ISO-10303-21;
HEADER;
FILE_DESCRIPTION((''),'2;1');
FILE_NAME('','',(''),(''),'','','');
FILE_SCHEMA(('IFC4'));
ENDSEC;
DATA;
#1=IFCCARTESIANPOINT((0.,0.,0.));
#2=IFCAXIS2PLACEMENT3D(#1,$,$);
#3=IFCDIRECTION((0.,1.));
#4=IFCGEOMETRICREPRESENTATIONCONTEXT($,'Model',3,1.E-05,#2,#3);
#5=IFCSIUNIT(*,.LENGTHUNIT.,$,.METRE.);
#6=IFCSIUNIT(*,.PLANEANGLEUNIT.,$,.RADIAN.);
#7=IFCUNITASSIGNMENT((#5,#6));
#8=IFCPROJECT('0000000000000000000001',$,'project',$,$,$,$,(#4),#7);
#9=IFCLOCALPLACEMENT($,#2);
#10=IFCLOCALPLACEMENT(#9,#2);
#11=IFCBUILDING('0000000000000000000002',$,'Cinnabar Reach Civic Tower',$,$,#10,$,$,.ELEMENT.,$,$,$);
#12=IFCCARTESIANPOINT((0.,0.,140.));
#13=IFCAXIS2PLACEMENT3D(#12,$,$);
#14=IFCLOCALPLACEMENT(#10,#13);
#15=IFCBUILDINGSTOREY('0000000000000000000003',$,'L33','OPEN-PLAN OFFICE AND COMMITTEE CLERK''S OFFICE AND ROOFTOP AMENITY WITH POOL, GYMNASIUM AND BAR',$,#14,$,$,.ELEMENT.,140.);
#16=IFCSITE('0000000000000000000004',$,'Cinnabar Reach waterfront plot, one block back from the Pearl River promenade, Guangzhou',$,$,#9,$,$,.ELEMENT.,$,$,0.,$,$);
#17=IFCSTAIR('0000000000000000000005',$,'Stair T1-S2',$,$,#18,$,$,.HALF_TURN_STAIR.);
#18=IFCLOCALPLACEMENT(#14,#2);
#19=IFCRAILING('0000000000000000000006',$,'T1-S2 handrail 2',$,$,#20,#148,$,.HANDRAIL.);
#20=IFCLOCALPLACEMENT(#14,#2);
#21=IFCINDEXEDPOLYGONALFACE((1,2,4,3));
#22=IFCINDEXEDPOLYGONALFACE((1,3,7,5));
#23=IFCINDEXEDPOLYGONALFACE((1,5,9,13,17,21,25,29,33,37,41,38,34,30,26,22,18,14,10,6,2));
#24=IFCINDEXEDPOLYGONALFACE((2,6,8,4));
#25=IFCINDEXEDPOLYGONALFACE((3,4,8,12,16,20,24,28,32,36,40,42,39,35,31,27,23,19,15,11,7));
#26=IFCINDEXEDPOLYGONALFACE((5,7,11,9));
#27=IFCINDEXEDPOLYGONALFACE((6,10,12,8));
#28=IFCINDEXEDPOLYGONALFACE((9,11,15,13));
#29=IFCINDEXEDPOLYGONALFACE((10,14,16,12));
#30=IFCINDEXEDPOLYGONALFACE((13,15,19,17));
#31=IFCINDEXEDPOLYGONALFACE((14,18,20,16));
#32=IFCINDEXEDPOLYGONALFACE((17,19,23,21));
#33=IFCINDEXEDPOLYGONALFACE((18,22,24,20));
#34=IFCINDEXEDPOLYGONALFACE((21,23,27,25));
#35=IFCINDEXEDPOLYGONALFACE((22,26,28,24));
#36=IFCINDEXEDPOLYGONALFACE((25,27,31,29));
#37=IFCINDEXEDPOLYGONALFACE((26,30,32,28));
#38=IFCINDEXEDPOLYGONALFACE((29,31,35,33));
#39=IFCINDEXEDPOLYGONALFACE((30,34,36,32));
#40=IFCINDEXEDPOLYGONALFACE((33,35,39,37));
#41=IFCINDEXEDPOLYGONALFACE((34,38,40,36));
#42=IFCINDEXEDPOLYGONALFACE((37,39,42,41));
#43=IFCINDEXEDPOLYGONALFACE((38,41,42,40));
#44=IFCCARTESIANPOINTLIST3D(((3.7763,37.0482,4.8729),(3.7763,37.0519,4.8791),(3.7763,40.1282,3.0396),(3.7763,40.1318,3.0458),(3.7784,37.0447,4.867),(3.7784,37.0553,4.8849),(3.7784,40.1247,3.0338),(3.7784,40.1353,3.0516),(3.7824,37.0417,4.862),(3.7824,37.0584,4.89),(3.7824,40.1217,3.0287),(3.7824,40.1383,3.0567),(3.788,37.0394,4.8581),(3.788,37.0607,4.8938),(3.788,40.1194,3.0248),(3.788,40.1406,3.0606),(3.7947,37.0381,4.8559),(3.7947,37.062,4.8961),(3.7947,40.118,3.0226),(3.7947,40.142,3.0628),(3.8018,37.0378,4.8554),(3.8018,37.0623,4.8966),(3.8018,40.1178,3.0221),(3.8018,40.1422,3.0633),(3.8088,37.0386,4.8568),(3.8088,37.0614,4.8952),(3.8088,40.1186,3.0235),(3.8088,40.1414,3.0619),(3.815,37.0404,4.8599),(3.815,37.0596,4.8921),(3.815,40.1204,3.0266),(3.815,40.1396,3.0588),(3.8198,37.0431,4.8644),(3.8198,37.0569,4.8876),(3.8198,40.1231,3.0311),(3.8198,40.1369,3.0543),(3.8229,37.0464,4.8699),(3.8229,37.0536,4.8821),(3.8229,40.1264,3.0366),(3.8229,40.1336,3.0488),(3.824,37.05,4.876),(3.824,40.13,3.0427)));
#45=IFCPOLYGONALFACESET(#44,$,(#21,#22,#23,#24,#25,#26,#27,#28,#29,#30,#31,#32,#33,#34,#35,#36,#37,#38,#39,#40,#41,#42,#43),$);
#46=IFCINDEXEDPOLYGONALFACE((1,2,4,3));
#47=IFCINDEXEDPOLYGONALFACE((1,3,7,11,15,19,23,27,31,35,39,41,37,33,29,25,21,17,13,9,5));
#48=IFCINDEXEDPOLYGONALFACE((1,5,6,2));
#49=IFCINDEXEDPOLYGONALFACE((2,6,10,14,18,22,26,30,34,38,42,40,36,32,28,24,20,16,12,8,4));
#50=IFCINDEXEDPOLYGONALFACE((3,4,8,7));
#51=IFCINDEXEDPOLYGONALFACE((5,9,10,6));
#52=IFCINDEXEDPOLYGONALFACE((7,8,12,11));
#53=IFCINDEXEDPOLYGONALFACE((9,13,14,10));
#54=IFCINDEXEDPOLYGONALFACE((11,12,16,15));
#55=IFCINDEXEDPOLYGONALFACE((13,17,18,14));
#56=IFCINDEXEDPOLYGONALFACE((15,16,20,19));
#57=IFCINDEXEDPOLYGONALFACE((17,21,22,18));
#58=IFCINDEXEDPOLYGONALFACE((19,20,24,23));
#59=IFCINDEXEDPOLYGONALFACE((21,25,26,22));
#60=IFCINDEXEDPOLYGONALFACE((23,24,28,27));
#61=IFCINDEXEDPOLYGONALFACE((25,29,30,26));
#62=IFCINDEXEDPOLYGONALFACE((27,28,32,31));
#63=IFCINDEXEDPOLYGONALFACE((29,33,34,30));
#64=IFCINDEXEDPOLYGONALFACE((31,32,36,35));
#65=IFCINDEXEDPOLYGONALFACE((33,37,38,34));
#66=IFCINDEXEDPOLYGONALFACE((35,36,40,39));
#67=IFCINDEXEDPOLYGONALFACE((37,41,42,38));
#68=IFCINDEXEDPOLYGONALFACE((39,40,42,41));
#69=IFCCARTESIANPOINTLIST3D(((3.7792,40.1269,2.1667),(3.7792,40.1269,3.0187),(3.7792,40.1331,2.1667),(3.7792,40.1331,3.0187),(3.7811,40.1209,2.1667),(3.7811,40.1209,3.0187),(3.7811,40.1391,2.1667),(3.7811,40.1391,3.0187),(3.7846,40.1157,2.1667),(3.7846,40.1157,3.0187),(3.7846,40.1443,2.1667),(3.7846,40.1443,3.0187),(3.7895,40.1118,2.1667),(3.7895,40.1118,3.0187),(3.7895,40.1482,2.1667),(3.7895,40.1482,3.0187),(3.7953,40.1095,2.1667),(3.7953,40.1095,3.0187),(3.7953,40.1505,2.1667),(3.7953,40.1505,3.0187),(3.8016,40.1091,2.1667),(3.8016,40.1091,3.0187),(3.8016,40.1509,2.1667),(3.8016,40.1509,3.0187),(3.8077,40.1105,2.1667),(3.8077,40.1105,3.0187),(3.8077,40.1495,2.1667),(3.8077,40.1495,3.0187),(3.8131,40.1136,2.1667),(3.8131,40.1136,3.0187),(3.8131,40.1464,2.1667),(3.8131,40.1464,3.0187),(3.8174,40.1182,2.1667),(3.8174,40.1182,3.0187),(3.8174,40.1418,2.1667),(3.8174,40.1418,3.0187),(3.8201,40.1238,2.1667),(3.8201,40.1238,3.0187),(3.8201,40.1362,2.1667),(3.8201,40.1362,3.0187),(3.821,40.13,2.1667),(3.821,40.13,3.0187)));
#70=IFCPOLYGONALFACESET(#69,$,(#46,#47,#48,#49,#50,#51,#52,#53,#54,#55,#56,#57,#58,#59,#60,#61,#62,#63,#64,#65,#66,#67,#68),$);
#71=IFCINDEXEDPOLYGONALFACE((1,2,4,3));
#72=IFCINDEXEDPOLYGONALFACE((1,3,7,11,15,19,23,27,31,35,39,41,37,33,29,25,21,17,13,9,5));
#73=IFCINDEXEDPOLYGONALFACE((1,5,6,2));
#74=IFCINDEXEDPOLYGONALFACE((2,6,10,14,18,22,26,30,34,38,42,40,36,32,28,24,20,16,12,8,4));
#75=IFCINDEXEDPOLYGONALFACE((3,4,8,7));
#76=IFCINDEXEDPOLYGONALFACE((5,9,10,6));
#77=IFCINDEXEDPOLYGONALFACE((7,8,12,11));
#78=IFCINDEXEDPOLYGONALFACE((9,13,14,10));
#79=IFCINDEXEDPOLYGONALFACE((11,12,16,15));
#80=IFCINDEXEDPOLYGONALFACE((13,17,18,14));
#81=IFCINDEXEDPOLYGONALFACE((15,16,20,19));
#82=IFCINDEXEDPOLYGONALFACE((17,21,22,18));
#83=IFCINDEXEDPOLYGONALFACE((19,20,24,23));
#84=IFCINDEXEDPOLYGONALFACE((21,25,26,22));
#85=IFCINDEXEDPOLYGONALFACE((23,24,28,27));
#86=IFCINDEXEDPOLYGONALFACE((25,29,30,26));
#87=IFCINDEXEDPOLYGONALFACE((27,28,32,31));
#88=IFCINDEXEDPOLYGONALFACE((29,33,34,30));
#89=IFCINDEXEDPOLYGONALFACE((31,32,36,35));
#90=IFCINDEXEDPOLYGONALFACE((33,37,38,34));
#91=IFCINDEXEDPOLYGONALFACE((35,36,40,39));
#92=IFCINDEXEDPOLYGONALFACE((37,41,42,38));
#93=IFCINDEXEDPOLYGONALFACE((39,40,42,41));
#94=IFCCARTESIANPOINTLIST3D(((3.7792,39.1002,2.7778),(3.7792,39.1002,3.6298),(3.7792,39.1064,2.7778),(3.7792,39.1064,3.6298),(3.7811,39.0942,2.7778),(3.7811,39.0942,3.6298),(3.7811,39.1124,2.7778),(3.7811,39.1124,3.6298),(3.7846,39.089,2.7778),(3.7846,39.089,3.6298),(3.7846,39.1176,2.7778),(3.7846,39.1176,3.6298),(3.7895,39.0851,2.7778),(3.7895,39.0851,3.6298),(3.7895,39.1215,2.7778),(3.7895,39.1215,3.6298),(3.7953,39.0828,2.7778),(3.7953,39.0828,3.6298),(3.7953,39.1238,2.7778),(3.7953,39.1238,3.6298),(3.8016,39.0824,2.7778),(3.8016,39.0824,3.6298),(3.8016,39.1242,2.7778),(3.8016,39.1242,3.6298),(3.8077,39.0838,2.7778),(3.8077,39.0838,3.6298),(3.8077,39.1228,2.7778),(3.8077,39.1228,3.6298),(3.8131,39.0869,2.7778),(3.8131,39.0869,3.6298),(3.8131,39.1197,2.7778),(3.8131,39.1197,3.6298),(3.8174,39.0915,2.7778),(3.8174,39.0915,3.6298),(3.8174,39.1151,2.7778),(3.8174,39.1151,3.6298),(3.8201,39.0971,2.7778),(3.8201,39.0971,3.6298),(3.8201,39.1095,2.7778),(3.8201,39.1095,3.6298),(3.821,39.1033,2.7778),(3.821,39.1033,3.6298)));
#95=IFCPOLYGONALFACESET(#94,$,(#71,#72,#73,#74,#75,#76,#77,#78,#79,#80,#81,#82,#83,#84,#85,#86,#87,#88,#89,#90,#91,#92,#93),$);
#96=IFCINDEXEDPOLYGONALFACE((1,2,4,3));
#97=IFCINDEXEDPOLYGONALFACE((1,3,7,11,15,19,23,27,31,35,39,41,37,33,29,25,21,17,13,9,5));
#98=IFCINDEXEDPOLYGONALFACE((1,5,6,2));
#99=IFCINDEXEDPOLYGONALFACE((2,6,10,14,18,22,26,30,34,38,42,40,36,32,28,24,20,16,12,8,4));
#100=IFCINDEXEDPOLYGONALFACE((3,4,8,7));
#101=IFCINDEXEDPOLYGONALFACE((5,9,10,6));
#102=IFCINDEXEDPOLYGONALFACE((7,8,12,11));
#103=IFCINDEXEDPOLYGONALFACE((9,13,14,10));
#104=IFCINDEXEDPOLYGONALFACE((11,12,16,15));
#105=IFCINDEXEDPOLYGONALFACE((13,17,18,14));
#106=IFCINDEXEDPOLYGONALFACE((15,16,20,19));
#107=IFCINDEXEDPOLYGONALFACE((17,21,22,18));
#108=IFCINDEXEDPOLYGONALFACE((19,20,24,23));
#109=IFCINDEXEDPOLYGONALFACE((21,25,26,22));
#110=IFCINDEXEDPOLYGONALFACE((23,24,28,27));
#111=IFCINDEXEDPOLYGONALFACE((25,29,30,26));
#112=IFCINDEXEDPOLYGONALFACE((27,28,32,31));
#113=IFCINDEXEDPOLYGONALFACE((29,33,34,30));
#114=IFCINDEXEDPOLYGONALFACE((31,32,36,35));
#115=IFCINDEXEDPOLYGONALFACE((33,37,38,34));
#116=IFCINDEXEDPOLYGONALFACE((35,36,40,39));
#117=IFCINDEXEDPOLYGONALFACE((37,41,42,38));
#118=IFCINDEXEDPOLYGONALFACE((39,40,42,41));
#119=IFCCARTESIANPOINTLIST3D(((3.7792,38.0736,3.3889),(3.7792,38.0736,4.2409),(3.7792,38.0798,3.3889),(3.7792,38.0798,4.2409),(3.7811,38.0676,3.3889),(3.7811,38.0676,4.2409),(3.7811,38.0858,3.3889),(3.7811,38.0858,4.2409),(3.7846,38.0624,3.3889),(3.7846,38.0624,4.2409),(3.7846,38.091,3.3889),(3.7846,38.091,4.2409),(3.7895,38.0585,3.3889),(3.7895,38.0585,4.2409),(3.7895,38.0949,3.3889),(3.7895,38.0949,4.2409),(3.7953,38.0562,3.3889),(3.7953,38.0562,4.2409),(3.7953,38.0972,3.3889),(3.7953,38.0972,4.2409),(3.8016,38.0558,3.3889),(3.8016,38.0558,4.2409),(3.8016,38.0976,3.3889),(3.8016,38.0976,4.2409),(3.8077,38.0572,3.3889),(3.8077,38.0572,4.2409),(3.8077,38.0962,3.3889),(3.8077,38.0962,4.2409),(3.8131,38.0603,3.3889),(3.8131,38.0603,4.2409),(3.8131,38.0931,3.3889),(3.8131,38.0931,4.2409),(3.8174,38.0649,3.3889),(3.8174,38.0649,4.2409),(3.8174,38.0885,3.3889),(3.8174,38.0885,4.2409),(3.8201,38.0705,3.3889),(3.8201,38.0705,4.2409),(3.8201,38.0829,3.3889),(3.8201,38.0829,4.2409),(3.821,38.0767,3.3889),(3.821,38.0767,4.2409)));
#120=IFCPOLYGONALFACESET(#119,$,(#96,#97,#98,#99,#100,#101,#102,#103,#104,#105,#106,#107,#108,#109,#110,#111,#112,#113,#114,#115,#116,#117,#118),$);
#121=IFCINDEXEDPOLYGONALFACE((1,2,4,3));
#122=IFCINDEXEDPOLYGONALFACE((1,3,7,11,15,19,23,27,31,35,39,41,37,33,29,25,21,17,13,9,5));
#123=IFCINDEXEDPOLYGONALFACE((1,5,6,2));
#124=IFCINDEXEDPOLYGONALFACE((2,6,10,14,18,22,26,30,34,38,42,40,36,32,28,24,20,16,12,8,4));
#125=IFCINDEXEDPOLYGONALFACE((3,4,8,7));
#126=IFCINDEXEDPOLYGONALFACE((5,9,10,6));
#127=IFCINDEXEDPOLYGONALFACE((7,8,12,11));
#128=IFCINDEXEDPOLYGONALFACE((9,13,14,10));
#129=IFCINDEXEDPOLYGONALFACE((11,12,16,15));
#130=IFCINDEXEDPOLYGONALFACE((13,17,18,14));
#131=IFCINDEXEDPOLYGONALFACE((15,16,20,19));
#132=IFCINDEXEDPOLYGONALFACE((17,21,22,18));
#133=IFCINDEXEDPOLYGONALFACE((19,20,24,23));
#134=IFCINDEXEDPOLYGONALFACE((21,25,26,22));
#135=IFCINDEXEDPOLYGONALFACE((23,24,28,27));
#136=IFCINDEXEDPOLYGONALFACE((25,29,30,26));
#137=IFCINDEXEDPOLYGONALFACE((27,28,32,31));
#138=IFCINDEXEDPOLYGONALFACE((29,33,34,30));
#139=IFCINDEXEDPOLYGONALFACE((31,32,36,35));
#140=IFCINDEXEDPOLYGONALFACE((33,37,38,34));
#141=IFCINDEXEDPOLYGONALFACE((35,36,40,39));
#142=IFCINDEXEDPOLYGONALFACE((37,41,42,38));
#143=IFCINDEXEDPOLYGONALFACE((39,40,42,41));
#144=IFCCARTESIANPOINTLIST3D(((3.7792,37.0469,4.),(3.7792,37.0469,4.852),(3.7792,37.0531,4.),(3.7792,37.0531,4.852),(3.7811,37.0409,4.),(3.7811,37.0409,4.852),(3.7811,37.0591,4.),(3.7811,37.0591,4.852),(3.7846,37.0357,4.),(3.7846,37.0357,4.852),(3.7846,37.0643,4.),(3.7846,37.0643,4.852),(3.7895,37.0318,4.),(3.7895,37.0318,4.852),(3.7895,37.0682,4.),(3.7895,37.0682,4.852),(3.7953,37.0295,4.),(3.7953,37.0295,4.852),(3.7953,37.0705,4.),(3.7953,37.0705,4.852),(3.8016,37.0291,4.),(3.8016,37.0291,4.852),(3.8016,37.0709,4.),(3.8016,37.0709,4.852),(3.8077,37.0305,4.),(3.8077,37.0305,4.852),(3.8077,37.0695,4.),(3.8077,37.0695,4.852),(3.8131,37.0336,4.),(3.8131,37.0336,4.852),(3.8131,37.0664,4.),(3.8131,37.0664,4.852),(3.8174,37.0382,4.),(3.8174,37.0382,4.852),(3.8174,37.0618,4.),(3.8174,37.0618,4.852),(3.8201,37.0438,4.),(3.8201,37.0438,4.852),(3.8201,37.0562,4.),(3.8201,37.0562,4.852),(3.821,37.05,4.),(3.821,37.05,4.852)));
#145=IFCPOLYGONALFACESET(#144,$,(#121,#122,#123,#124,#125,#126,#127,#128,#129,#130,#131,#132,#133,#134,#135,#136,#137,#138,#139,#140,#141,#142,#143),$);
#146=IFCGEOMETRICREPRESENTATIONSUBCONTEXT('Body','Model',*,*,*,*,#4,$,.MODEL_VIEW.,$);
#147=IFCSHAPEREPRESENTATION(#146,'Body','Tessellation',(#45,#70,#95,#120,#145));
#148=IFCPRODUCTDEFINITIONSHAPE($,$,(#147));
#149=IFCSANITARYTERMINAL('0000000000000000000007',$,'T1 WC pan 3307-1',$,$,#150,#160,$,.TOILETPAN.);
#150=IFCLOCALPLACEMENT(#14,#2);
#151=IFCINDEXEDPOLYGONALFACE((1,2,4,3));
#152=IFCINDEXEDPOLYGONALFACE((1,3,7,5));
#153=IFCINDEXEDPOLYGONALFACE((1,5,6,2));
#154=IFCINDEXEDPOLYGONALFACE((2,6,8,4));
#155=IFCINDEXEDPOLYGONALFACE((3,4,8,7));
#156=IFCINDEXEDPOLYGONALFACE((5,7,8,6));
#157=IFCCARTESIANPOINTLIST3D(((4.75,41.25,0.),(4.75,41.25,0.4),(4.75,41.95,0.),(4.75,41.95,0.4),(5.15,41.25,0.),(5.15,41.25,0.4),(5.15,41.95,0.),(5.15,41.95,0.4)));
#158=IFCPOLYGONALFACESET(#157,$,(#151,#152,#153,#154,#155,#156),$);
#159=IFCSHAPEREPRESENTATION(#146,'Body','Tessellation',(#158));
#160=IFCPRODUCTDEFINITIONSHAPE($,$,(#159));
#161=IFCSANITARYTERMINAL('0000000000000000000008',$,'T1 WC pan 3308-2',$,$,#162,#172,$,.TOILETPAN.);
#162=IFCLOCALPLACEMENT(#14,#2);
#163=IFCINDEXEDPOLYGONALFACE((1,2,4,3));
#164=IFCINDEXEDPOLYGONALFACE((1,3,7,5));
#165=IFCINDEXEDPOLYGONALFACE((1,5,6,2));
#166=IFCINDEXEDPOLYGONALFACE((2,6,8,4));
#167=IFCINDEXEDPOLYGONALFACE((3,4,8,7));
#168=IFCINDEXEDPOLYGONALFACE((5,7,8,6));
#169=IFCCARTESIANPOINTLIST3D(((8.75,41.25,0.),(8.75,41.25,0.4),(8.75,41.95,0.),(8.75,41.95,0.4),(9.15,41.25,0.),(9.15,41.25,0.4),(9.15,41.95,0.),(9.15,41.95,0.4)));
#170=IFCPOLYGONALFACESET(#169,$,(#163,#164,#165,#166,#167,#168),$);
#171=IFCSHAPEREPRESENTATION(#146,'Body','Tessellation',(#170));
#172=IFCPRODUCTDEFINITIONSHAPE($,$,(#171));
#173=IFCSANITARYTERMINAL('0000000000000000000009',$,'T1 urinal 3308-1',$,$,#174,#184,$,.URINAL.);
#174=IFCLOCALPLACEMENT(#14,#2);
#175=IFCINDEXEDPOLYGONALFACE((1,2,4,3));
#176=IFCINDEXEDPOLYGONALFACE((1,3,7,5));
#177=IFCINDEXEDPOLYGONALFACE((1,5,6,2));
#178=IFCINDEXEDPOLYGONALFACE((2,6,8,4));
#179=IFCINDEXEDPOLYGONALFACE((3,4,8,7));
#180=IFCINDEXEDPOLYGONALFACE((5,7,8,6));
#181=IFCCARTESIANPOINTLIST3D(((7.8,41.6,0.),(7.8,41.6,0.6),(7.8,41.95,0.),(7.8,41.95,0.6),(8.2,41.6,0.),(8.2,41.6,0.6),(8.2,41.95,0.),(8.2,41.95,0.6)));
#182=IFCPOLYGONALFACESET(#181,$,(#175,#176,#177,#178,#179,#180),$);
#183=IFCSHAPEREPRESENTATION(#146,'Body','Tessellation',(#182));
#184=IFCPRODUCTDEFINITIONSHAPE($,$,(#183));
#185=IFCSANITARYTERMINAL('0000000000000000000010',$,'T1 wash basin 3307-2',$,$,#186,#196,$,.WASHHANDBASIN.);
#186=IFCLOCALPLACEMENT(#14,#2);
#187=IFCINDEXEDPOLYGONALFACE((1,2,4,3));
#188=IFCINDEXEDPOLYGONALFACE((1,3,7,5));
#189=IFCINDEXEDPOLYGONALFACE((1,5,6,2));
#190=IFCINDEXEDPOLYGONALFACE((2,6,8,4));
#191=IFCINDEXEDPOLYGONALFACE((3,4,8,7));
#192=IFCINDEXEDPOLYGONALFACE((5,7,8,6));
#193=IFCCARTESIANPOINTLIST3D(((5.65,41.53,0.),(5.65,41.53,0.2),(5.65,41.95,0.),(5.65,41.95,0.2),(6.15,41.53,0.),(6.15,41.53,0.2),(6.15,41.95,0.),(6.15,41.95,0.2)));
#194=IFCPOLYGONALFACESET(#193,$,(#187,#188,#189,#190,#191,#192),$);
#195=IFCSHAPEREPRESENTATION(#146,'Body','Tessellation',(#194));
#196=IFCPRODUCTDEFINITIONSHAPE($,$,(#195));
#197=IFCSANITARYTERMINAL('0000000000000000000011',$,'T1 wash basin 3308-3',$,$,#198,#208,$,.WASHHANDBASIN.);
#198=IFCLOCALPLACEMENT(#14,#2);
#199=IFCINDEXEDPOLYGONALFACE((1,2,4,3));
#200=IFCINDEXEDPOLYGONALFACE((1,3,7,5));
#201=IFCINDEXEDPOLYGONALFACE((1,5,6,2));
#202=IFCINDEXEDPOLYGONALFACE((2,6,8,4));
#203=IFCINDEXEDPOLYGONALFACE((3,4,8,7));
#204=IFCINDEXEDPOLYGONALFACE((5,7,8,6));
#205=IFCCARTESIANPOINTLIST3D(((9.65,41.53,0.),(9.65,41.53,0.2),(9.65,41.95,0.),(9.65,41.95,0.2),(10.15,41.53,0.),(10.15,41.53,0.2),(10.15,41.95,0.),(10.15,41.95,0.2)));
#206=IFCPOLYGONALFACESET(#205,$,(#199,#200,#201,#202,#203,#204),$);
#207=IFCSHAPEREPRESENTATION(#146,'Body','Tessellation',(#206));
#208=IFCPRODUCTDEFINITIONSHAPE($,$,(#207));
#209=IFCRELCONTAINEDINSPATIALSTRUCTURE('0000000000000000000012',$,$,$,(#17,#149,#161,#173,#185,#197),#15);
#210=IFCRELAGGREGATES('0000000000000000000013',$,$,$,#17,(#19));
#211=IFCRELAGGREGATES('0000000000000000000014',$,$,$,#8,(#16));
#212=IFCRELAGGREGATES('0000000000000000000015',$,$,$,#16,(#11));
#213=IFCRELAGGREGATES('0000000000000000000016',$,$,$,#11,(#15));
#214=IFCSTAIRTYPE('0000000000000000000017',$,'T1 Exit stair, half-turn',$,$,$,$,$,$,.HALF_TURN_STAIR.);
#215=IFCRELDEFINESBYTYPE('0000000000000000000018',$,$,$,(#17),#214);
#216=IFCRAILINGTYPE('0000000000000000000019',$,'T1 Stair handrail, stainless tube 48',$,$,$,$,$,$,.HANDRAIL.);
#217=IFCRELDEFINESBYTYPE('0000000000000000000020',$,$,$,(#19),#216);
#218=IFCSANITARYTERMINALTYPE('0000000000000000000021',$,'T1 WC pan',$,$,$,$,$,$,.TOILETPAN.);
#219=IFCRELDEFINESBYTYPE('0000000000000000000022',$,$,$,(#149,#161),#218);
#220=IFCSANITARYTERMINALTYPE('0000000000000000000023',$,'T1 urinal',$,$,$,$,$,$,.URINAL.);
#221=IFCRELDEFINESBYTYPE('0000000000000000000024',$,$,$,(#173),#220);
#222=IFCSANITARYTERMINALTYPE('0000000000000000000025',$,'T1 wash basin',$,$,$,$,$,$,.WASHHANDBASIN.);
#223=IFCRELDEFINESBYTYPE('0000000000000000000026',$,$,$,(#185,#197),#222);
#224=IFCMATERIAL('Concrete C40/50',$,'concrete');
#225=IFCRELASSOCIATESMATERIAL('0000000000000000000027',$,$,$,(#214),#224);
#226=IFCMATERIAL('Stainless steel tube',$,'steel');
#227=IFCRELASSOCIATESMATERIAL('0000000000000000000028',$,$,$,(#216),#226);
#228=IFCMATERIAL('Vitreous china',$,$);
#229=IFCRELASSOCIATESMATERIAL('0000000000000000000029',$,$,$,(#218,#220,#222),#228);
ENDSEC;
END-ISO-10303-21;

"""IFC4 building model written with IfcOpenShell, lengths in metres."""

from ifc_helpers import new_model, si_unit, direction, frame, origin, origin_2d, place, context, subcontext, project, spatial, rectangle, circle, extrude, material, type_object, element, aggregate, save


model = new_model("IFC4")

# Units and contexts
model_context = context("Model", 3, precision=1e-05, world=origin(), true_north=direction((0.0, 1.0)))
body_context = subcontext(model_context, "Body", "Model", "MODEL_VIEW")
ifc_project = project(units=[si_unit("LENGTHUNIT", "METRE"), si_unit("PLANEANGLEUNIT", "RADIAN")], contexts=[model_context])

# Site, building, storey
site_placement = place(None, origin())
site = spatial("IfcSite", under=ifc_project, at=site_placement, Name="Cinnabar Reach waterfront plot, one block back from the Pearl River promenade, Guangzhou", CompositionType="ELEMENT", RefElevation=0.0)
building_placement = place(site_placement, origin())
building = spatial("IfcBuilding", under=site, at=building_placement, Name="Cinnabar Reach Civic Tower", CompositionType="ELEMENT")
storey_placement = place(building_placement, frame((0.0, 0.0, 140.0)))
storey = spatial("IfcBuildingStorey", under=building, at=storey_placement, Name="L33", Description="OPEN-PLAN OFFICE AND COMMITTEE CLERK'S OFFICE AND ROOFTOP AMENITY WITH POOL, GYMNASIUM AND BAR", CompositionType="ELEMENT", Elevation=140.0)

# Shared definitions
ifc_material_1 = material(Name="Concrete C40/50", Category="concrete")

# Stair, railing
stair_type = type_object("IfcStairType", Name="T1 Exit stair, half-turn", PredefinedType="HALF_TURN_STAIR", material=ifc_material_1)
stair_placement = place(storey_placement, origin())
stair = element("IfcStair", 1, at=stair_placement, inside=storey, type_object=stair_type, Name="Stair T1-S2", PredefinedType="HALF_TURN_STAIR")
ifc_material_2 = material(Name="Stainless steel tube", Category="steel")
railing_type = type_object("IfcRailingType", Name="T1 Stair handrail, stainless tube 48", PredefinedType="HANDRAIL", material=ifc_material_2)
railing_1_placement = place(storey_placement, frame((3.8, 40.13, 2.1667)))
railing_1 = element("IfcRailing", 2, at=railing_1_placement, type_object=railing_type, Name="T1-S2 handrail 2", PredefinedType="HANDRAIL", context=body_context, shape_type="SweptSolid", body=[
    extrude(circle(Radius=0.024, at=origin_2d()), frame((0.0, 0.0, 0.876), z_axis=(0.0, -0.859297, 0.511477), x_axis=(1.0, 0.0, 0.0)), (0.0, 0.0, 1.0), 3.5843),
    extrude(circle(Radius=0.021, at=origin_2d()), origin(), (0.0, 0.0, 1.0), 0.852),
    extrude(circle(Radius=0.021, at=origin_2d()), frame((0.0, -1.0267, 0.6111)), (0.0, 0.0, 1.0), 0.852),
    extrude(circle(Radius=0.021, at=origin_2d()), frame((0.0, -2.0533, 1.2222)), (0.0, 0.0, 1.0), 0.852),
    extrude(circle(Radius=0.021, at=origin_2d()), frame((0.0, -3.08, 1.8333)), (0.0, 0.0, 1.0), 0.852),
])
aggregate(stair, [railing_1])

# Sanitary terminals
ifc_material_3 = material(Name="Vitreous china")
sanitary_terminal_type_1 = type_object("IfcSanitaryTerminalType", Name="T1 WC pan", PredefinedType="TOILETPAN", material=ifc_material_3)
for number, where, z_axis, x_axis, name in (
    (3, (4.95, 41.6, 0.0), (0.0, 0.0, 1.0), (1.0, 0.0, 0.0), "T1 WC pan 3307-1"),
    (4, (8.95, 41.6, 0.0), (0.0, 0.0, 1.0), (1.0, 0.0, 0.0), "T1 WC pan 3308-2"),
):
    element("IfcSanitaryTerminal", number, at=place(storey_placement, frame(where, z_axis=z_axis, x_axis=x_axis)), inside=storey, type_object=sanitary_terminal_type_1, Name=name, PredefinedType="TOILETPAN", context=body_context, shape_type="SweptSolid", body=[
        extrude(rectangle(XDim=0.4, YDim=0.7, at=origin_2d()), origin(), (0.0, 0.0, 1.0), 0.4),
    ])
sanitary_terminal_type_2 = type_object("IfcSanitaryTerminalType", Name="T1 urinal", PredefinedType="URINAL", material=ifc_material_3)
sanitary_terminal_placement = place(storey_placement, frame((8.0, 41.775, 0.0), z_axis=(0.0, 0.0, 1.0), x_axis=(1.0, 0.0, 0.0)))
element("IfcSanitaryTerminal", 5, at=sanitary_terminal_placement, inside=storey, type_object=sanitary_terminal_type_2, Name="T1 urinal 3308-1", PredefinedType="URINAL", context=body_context, shape_type="SweptSolid", body=[
    extrude(rectangle(XDim=0.4, YDim=0.35, at=origin_2d()), origin(), (0.0, 0.0, 1.0), 0.6),
])
sanitary_terminal_type_3 = type_object("IfcSanitaryTerminalType", Name="T1 wash basin", PredefinedType="WASHHANDBASIN", material=ifc_material_3)
for number, where, z_axis, x_axis, name in (
    (6, (5.9, 41.74, 0.0), (0.0, 0.0, 1.0), (1.0, 0.0, 0.0), "T1 wash basin 3307-2"),
    (7, (9.9, 41.74, 0.0), (0.0, 0.0, 1.0), (1.0, 0.0, 0.0), "T1 wash basin 3308-3"),
):
    element("IfcSanitaryTerminal", number, at=place(storey_placement, frame(where, z_axis=z_axis, x_axis=x_axis)), inside=storey, type_object=sanitary_terminal_type_3, Name=name, PredefinedType="WASHHANDBASIN", context=body_context, shape_type="SweptSolid", body=[
        extrude(rectangle(XDim=0.5, YDim=0.42, at=origin_2d()), origin(), (0.0, 0.0, 1.0), 0.2),
    ])

save(model, "model.ifc")
